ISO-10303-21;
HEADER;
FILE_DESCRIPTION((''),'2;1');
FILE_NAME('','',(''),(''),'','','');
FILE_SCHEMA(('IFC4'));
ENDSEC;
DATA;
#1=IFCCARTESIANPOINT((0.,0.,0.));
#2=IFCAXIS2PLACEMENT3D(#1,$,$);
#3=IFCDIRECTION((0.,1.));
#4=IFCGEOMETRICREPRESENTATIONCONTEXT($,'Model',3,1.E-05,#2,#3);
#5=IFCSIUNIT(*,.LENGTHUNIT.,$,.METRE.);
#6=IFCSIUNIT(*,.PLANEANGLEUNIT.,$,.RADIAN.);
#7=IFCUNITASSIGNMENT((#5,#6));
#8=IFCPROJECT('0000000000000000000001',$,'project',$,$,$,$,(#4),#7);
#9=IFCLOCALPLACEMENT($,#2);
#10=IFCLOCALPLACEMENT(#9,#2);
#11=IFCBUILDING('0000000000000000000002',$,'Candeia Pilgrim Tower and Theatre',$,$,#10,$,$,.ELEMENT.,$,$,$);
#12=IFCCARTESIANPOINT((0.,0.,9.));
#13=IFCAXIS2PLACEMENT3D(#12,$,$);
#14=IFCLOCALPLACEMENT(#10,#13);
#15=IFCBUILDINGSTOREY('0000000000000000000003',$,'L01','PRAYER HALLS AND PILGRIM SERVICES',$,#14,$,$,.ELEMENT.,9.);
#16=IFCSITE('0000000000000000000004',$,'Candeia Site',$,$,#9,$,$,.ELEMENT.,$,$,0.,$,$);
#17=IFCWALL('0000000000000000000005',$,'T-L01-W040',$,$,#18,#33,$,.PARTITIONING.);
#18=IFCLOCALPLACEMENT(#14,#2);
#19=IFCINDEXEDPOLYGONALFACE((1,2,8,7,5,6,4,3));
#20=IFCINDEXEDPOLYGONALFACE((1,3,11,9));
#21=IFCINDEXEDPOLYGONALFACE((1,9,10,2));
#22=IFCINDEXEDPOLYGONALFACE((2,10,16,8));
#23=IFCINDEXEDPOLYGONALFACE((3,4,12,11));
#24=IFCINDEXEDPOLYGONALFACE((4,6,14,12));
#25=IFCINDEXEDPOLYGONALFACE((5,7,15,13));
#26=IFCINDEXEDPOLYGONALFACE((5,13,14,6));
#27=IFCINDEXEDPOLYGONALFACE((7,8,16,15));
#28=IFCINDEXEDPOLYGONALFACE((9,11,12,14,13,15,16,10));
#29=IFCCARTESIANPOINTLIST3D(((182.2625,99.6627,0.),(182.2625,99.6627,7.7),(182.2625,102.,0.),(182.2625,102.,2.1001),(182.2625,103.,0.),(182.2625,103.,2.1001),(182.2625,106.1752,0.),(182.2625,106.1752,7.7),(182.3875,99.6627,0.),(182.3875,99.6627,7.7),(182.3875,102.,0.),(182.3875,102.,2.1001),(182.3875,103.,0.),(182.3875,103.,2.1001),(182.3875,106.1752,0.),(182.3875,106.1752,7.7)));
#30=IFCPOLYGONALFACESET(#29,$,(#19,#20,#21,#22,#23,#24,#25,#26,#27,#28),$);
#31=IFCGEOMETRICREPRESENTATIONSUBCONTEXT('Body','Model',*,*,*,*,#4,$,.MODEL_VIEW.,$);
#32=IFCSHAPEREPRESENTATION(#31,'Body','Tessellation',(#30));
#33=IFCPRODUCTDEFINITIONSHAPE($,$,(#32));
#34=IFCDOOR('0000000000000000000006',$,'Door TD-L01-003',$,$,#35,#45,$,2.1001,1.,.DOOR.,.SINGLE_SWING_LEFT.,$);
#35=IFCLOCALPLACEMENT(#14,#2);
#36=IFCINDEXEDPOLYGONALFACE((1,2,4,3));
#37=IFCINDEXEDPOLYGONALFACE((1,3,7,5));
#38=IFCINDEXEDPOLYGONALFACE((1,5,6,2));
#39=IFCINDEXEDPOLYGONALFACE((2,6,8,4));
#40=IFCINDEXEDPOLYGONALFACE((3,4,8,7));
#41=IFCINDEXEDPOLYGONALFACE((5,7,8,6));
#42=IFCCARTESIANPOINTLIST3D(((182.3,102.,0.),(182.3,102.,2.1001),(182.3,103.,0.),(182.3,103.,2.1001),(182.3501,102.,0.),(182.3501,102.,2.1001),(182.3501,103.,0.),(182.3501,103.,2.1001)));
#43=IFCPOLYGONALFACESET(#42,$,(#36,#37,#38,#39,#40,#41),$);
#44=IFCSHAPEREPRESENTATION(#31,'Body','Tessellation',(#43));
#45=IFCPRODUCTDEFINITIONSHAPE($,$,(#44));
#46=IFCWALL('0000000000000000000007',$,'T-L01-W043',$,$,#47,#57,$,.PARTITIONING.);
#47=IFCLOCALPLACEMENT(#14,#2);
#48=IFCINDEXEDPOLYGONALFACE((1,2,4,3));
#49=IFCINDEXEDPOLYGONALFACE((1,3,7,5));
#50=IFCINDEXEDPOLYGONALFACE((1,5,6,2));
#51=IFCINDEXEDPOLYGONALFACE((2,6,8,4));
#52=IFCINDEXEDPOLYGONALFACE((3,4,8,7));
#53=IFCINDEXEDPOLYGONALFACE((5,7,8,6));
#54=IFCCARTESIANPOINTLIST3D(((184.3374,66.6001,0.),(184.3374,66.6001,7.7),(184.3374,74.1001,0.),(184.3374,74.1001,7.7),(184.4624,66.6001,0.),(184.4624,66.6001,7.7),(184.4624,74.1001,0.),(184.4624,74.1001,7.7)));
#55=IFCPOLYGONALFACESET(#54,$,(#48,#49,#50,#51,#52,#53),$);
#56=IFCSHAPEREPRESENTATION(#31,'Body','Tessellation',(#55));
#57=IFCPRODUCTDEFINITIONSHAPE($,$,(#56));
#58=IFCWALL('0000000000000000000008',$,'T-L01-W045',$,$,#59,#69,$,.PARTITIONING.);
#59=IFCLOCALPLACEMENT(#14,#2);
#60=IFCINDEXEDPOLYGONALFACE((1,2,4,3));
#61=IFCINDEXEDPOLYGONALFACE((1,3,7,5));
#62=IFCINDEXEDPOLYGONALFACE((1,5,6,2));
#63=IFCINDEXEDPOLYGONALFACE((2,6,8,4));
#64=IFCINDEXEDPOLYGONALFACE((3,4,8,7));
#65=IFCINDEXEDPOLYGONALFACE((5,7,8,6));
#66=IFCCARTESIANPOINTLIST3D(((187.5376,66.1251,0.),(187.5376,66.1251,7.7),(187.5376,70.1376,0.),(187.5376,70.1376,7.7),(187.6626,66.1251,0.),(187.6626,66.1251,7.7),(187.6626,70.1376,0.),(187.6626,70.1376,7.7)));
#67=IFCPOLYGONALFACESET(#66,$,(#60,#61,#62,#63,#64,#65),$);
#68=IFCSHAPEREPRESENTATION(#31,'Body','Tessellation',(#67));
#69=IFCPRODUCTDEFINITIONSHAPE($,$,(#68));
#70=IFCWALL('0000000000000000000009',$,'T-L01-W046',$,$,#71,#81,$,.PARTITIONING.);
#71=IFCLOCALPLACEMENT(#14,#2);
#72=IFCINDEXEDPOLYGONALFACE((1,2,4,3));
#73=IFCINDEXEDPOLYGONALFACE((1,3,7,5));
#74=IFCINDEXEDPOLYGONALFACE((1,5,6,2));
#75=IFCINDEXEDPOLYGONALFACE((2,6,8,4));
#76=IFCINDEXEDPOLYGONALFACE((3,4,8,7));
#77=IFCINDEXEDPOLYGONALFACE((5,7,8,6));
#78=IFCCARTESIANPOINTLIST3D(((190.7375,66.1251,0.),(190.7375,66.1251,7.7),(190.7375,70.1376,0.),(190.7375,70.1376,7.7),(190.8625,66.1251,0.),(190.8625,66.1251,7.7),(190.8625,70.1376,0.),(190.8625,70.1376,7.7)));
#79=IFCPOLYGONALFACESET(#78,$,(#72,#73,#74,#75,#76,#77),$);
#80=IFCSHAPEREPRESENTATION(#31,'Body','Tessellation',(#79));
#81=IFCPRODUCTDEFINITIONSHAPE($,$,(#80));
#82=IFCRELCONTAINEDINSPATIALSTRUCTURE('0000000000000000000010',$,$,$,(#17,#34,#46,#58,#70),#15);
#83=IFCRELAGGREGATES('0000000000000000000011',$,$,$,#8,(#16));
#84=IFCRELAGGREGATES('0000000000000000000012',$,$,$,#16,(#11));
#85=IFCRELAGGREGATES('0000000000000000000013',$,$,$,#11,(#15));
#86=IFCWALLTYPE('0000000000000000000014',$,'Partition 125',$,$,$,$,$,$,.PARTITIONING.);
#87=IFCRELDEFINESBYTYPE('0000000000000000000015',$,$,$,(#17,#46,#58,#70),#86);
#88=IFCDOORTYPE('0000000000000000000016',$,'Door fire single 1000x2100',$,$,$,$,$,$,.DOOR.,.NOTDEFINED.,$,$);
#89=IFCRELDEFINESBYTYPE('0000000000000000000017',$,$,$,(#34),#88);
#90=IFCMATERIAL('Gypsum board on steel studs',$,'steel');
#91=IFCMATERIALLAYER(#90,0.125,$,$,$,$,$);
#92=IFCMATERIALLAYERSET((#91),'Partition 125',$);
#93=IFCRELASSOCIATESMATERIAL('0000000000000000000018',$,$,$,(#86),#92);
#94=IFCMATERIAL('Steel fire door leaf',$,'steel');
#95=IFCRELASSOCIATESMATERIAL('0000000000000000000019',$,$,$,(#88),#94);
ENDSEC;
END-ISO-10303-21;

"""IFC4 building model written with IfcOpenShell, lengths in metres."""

from ifc_helpers import new_model, si_unit, direction, frame, frame_2d, origin, place, context, subcontext, project, spatial, rectangle, extrude, material, layer, layer_set, type_object, element, fill, save


model = new_model("IFC4")

# Units and contexts
model_context = context("Model", 3, precision=1e-05, world=origin(), true_north=direction((0.0, 1.0)))
body_context = subcontext(model_context, "Body", "Model", "MODEL_VIEW")
ifc_project = project(units=[si_unit("LENGTHUNIT", "METRE"), si_unit("PLANEANGLEUNIT", "RADIAN")], contexts=[model_context])

# Site, building, storey
site_placement = place(None, origin())
site = spatial("IfcSite", under=ifc_project, at=site_placement, Name="Candeia Site", CompositionType="ELEMENT", RefElevation=0.0)
building_placement = place(site_placement, origin())
building = spatial("IfcBuilding", under=site, at=building_placement, Name="Candeia Pilgrim Tower and Theatre", CompositionType="ELEMENT")
storey_placement = place(building_placement, frame((0.0, 0.0, 9.0)))
storey = spatial("IfcBuildingStorey", under=building, at=storey_placement, Name="L01", Description="PRAYER HALLS AND PILGRIM SERVICES", CompositionType="ELEMENT", Elevation=9.0)

# Shared definitions
ifc_material_1 = material(Name="Gypsum board on steel studs", Category="steel")
ifc_layer = layer(ifc_material_1, 0.125)
ifc_layer_set = layer_set([ifc_layer], Name="Partition 125")
wall_type = type_object("IfcWallType", Name="Partition 125", PredefinedType="PARTITIONING", material=ifc_layer_set)

# Wall, opening, door
wall_1_placement = place(storey_placement, frame((182.325, 99.6626, 0.0), z_axis=(0.0, 0.0, 1.0), x_axis=(0.0, 1.0, 0.0)))
wall_1 = element("IfcWall", 1, at=wall_1_placement, inside=storey, type_object=wall_type, Name="T-L01-W040", PredefinedType="PARTITIONING", context=body_context, shape_type="SweptSolid", body=[
    extrude(rectangle(XDim=6.5125, YDim=0.125, at=frame_2d((3.2563, 0.0))), origin(), (0.0, 0.0, 1.0), 7.7),
])
opening_1_placement = place(wall_1_placement, frame((2.3374, 0.0, 0.0)))
opening_1 = element("IfcOpeningElement", 2, at=opening_1_placement, cuts=wall_1, PredefinedType="OPENING", context=body_context, shape_type="SweptSolid", body=[
    extrude(rectangle(XDim=1.0, YDim=2.1001, at=frame_2d((0.5, 1.05))), frame((0.0, 0.0725, 0.0), z_axis=(0.0, -1.0, 0.0), x_axis=(1.0, 0.0, 0.0)), (0.0, 0.0, 1.0), 0.145),
])
ifc_material_2 = material(Name="Steel fire door leaf", Category="steel")
door_type_1 = type_object("IfcDoorType", Name="Door fire single 1000x2100", OperationType="NOTDEFINED", PredefinedType="DOOR", material=ifc_material_2)
door_1_placement = place(opening_1_placement, origin())
door_1 = element("IfcDoor", 3, at=door_1_placement, inside=storey, type_object=door_type_1, Name="Door TD-L01-003", OperationType="SINGLE_SWING_LEFT", OverallHeight=2.1001, OverallWidth=1.0, PredefinedType="DOOR", context=body_context, shape_type="SweptSolid", body=[
    extrude(rectangle(XDim=1.0, YDim=2.1001, at=frame_2d((0.5, 1.05))), frame((0.0, 0.0249, 0.0), z_axis=(0.0, -1.0, 0.0), x_axis=(1.0, 0.0, 0.0)), (0.0, 0.0, 1.0), 0.05),
])
fill(opening_1, door_1)

# Walls
wall_2_placement = place(storey_placement, frame((184.3999, 66.6001, 0.0), z_axis=(0.0, 0.0, 1.0), x_axis=(0.0, 1.0, 0.0)))
element("IfcWall", 4, at=wall_2_placement, inside=storey, type_object=wall_type, Name="T-L01-W043", PredefinedType="PARTITIONING", context=body_context, shape_type="SweptSolid", body=[
    extrude(rectangle(XDim=7.5, YDim=0.125, at=frame_2d((3.75, 0.0))), origin(), (0.0, 0.0, 1.0), 7.7),
])
for number, where, z_axis, x_axis, name in (
    (5, (187.6001, 66.125, 0.0), (0.0, 0.0, 1.0), (0.0, 1.0, 0.0), "T-L01-W045"),
    (6, (190.8, 66.125, 0.0), (0.0, 0.0, 1.0), (0.0, 1.0, 0.0), "T-L01-W046"),
):
    element("IfcWall", number, at=place(storey_placement, frame(where, z_axis=z_axis, x_axis=x_axis)), inside=storey, type_object=wall_type, Name=name, PredefinedType="PARTITIONING", context=body_context, shape_type="SweptSolid", body=[
        extrude(rectangle(XDim=4.0125, YDim=0.125, at=frame_2d((2.0063, 0.0))), origin(), (0.0, 0.0, 1.0), 7.7),
    ])

save(model, "model.ifc")
